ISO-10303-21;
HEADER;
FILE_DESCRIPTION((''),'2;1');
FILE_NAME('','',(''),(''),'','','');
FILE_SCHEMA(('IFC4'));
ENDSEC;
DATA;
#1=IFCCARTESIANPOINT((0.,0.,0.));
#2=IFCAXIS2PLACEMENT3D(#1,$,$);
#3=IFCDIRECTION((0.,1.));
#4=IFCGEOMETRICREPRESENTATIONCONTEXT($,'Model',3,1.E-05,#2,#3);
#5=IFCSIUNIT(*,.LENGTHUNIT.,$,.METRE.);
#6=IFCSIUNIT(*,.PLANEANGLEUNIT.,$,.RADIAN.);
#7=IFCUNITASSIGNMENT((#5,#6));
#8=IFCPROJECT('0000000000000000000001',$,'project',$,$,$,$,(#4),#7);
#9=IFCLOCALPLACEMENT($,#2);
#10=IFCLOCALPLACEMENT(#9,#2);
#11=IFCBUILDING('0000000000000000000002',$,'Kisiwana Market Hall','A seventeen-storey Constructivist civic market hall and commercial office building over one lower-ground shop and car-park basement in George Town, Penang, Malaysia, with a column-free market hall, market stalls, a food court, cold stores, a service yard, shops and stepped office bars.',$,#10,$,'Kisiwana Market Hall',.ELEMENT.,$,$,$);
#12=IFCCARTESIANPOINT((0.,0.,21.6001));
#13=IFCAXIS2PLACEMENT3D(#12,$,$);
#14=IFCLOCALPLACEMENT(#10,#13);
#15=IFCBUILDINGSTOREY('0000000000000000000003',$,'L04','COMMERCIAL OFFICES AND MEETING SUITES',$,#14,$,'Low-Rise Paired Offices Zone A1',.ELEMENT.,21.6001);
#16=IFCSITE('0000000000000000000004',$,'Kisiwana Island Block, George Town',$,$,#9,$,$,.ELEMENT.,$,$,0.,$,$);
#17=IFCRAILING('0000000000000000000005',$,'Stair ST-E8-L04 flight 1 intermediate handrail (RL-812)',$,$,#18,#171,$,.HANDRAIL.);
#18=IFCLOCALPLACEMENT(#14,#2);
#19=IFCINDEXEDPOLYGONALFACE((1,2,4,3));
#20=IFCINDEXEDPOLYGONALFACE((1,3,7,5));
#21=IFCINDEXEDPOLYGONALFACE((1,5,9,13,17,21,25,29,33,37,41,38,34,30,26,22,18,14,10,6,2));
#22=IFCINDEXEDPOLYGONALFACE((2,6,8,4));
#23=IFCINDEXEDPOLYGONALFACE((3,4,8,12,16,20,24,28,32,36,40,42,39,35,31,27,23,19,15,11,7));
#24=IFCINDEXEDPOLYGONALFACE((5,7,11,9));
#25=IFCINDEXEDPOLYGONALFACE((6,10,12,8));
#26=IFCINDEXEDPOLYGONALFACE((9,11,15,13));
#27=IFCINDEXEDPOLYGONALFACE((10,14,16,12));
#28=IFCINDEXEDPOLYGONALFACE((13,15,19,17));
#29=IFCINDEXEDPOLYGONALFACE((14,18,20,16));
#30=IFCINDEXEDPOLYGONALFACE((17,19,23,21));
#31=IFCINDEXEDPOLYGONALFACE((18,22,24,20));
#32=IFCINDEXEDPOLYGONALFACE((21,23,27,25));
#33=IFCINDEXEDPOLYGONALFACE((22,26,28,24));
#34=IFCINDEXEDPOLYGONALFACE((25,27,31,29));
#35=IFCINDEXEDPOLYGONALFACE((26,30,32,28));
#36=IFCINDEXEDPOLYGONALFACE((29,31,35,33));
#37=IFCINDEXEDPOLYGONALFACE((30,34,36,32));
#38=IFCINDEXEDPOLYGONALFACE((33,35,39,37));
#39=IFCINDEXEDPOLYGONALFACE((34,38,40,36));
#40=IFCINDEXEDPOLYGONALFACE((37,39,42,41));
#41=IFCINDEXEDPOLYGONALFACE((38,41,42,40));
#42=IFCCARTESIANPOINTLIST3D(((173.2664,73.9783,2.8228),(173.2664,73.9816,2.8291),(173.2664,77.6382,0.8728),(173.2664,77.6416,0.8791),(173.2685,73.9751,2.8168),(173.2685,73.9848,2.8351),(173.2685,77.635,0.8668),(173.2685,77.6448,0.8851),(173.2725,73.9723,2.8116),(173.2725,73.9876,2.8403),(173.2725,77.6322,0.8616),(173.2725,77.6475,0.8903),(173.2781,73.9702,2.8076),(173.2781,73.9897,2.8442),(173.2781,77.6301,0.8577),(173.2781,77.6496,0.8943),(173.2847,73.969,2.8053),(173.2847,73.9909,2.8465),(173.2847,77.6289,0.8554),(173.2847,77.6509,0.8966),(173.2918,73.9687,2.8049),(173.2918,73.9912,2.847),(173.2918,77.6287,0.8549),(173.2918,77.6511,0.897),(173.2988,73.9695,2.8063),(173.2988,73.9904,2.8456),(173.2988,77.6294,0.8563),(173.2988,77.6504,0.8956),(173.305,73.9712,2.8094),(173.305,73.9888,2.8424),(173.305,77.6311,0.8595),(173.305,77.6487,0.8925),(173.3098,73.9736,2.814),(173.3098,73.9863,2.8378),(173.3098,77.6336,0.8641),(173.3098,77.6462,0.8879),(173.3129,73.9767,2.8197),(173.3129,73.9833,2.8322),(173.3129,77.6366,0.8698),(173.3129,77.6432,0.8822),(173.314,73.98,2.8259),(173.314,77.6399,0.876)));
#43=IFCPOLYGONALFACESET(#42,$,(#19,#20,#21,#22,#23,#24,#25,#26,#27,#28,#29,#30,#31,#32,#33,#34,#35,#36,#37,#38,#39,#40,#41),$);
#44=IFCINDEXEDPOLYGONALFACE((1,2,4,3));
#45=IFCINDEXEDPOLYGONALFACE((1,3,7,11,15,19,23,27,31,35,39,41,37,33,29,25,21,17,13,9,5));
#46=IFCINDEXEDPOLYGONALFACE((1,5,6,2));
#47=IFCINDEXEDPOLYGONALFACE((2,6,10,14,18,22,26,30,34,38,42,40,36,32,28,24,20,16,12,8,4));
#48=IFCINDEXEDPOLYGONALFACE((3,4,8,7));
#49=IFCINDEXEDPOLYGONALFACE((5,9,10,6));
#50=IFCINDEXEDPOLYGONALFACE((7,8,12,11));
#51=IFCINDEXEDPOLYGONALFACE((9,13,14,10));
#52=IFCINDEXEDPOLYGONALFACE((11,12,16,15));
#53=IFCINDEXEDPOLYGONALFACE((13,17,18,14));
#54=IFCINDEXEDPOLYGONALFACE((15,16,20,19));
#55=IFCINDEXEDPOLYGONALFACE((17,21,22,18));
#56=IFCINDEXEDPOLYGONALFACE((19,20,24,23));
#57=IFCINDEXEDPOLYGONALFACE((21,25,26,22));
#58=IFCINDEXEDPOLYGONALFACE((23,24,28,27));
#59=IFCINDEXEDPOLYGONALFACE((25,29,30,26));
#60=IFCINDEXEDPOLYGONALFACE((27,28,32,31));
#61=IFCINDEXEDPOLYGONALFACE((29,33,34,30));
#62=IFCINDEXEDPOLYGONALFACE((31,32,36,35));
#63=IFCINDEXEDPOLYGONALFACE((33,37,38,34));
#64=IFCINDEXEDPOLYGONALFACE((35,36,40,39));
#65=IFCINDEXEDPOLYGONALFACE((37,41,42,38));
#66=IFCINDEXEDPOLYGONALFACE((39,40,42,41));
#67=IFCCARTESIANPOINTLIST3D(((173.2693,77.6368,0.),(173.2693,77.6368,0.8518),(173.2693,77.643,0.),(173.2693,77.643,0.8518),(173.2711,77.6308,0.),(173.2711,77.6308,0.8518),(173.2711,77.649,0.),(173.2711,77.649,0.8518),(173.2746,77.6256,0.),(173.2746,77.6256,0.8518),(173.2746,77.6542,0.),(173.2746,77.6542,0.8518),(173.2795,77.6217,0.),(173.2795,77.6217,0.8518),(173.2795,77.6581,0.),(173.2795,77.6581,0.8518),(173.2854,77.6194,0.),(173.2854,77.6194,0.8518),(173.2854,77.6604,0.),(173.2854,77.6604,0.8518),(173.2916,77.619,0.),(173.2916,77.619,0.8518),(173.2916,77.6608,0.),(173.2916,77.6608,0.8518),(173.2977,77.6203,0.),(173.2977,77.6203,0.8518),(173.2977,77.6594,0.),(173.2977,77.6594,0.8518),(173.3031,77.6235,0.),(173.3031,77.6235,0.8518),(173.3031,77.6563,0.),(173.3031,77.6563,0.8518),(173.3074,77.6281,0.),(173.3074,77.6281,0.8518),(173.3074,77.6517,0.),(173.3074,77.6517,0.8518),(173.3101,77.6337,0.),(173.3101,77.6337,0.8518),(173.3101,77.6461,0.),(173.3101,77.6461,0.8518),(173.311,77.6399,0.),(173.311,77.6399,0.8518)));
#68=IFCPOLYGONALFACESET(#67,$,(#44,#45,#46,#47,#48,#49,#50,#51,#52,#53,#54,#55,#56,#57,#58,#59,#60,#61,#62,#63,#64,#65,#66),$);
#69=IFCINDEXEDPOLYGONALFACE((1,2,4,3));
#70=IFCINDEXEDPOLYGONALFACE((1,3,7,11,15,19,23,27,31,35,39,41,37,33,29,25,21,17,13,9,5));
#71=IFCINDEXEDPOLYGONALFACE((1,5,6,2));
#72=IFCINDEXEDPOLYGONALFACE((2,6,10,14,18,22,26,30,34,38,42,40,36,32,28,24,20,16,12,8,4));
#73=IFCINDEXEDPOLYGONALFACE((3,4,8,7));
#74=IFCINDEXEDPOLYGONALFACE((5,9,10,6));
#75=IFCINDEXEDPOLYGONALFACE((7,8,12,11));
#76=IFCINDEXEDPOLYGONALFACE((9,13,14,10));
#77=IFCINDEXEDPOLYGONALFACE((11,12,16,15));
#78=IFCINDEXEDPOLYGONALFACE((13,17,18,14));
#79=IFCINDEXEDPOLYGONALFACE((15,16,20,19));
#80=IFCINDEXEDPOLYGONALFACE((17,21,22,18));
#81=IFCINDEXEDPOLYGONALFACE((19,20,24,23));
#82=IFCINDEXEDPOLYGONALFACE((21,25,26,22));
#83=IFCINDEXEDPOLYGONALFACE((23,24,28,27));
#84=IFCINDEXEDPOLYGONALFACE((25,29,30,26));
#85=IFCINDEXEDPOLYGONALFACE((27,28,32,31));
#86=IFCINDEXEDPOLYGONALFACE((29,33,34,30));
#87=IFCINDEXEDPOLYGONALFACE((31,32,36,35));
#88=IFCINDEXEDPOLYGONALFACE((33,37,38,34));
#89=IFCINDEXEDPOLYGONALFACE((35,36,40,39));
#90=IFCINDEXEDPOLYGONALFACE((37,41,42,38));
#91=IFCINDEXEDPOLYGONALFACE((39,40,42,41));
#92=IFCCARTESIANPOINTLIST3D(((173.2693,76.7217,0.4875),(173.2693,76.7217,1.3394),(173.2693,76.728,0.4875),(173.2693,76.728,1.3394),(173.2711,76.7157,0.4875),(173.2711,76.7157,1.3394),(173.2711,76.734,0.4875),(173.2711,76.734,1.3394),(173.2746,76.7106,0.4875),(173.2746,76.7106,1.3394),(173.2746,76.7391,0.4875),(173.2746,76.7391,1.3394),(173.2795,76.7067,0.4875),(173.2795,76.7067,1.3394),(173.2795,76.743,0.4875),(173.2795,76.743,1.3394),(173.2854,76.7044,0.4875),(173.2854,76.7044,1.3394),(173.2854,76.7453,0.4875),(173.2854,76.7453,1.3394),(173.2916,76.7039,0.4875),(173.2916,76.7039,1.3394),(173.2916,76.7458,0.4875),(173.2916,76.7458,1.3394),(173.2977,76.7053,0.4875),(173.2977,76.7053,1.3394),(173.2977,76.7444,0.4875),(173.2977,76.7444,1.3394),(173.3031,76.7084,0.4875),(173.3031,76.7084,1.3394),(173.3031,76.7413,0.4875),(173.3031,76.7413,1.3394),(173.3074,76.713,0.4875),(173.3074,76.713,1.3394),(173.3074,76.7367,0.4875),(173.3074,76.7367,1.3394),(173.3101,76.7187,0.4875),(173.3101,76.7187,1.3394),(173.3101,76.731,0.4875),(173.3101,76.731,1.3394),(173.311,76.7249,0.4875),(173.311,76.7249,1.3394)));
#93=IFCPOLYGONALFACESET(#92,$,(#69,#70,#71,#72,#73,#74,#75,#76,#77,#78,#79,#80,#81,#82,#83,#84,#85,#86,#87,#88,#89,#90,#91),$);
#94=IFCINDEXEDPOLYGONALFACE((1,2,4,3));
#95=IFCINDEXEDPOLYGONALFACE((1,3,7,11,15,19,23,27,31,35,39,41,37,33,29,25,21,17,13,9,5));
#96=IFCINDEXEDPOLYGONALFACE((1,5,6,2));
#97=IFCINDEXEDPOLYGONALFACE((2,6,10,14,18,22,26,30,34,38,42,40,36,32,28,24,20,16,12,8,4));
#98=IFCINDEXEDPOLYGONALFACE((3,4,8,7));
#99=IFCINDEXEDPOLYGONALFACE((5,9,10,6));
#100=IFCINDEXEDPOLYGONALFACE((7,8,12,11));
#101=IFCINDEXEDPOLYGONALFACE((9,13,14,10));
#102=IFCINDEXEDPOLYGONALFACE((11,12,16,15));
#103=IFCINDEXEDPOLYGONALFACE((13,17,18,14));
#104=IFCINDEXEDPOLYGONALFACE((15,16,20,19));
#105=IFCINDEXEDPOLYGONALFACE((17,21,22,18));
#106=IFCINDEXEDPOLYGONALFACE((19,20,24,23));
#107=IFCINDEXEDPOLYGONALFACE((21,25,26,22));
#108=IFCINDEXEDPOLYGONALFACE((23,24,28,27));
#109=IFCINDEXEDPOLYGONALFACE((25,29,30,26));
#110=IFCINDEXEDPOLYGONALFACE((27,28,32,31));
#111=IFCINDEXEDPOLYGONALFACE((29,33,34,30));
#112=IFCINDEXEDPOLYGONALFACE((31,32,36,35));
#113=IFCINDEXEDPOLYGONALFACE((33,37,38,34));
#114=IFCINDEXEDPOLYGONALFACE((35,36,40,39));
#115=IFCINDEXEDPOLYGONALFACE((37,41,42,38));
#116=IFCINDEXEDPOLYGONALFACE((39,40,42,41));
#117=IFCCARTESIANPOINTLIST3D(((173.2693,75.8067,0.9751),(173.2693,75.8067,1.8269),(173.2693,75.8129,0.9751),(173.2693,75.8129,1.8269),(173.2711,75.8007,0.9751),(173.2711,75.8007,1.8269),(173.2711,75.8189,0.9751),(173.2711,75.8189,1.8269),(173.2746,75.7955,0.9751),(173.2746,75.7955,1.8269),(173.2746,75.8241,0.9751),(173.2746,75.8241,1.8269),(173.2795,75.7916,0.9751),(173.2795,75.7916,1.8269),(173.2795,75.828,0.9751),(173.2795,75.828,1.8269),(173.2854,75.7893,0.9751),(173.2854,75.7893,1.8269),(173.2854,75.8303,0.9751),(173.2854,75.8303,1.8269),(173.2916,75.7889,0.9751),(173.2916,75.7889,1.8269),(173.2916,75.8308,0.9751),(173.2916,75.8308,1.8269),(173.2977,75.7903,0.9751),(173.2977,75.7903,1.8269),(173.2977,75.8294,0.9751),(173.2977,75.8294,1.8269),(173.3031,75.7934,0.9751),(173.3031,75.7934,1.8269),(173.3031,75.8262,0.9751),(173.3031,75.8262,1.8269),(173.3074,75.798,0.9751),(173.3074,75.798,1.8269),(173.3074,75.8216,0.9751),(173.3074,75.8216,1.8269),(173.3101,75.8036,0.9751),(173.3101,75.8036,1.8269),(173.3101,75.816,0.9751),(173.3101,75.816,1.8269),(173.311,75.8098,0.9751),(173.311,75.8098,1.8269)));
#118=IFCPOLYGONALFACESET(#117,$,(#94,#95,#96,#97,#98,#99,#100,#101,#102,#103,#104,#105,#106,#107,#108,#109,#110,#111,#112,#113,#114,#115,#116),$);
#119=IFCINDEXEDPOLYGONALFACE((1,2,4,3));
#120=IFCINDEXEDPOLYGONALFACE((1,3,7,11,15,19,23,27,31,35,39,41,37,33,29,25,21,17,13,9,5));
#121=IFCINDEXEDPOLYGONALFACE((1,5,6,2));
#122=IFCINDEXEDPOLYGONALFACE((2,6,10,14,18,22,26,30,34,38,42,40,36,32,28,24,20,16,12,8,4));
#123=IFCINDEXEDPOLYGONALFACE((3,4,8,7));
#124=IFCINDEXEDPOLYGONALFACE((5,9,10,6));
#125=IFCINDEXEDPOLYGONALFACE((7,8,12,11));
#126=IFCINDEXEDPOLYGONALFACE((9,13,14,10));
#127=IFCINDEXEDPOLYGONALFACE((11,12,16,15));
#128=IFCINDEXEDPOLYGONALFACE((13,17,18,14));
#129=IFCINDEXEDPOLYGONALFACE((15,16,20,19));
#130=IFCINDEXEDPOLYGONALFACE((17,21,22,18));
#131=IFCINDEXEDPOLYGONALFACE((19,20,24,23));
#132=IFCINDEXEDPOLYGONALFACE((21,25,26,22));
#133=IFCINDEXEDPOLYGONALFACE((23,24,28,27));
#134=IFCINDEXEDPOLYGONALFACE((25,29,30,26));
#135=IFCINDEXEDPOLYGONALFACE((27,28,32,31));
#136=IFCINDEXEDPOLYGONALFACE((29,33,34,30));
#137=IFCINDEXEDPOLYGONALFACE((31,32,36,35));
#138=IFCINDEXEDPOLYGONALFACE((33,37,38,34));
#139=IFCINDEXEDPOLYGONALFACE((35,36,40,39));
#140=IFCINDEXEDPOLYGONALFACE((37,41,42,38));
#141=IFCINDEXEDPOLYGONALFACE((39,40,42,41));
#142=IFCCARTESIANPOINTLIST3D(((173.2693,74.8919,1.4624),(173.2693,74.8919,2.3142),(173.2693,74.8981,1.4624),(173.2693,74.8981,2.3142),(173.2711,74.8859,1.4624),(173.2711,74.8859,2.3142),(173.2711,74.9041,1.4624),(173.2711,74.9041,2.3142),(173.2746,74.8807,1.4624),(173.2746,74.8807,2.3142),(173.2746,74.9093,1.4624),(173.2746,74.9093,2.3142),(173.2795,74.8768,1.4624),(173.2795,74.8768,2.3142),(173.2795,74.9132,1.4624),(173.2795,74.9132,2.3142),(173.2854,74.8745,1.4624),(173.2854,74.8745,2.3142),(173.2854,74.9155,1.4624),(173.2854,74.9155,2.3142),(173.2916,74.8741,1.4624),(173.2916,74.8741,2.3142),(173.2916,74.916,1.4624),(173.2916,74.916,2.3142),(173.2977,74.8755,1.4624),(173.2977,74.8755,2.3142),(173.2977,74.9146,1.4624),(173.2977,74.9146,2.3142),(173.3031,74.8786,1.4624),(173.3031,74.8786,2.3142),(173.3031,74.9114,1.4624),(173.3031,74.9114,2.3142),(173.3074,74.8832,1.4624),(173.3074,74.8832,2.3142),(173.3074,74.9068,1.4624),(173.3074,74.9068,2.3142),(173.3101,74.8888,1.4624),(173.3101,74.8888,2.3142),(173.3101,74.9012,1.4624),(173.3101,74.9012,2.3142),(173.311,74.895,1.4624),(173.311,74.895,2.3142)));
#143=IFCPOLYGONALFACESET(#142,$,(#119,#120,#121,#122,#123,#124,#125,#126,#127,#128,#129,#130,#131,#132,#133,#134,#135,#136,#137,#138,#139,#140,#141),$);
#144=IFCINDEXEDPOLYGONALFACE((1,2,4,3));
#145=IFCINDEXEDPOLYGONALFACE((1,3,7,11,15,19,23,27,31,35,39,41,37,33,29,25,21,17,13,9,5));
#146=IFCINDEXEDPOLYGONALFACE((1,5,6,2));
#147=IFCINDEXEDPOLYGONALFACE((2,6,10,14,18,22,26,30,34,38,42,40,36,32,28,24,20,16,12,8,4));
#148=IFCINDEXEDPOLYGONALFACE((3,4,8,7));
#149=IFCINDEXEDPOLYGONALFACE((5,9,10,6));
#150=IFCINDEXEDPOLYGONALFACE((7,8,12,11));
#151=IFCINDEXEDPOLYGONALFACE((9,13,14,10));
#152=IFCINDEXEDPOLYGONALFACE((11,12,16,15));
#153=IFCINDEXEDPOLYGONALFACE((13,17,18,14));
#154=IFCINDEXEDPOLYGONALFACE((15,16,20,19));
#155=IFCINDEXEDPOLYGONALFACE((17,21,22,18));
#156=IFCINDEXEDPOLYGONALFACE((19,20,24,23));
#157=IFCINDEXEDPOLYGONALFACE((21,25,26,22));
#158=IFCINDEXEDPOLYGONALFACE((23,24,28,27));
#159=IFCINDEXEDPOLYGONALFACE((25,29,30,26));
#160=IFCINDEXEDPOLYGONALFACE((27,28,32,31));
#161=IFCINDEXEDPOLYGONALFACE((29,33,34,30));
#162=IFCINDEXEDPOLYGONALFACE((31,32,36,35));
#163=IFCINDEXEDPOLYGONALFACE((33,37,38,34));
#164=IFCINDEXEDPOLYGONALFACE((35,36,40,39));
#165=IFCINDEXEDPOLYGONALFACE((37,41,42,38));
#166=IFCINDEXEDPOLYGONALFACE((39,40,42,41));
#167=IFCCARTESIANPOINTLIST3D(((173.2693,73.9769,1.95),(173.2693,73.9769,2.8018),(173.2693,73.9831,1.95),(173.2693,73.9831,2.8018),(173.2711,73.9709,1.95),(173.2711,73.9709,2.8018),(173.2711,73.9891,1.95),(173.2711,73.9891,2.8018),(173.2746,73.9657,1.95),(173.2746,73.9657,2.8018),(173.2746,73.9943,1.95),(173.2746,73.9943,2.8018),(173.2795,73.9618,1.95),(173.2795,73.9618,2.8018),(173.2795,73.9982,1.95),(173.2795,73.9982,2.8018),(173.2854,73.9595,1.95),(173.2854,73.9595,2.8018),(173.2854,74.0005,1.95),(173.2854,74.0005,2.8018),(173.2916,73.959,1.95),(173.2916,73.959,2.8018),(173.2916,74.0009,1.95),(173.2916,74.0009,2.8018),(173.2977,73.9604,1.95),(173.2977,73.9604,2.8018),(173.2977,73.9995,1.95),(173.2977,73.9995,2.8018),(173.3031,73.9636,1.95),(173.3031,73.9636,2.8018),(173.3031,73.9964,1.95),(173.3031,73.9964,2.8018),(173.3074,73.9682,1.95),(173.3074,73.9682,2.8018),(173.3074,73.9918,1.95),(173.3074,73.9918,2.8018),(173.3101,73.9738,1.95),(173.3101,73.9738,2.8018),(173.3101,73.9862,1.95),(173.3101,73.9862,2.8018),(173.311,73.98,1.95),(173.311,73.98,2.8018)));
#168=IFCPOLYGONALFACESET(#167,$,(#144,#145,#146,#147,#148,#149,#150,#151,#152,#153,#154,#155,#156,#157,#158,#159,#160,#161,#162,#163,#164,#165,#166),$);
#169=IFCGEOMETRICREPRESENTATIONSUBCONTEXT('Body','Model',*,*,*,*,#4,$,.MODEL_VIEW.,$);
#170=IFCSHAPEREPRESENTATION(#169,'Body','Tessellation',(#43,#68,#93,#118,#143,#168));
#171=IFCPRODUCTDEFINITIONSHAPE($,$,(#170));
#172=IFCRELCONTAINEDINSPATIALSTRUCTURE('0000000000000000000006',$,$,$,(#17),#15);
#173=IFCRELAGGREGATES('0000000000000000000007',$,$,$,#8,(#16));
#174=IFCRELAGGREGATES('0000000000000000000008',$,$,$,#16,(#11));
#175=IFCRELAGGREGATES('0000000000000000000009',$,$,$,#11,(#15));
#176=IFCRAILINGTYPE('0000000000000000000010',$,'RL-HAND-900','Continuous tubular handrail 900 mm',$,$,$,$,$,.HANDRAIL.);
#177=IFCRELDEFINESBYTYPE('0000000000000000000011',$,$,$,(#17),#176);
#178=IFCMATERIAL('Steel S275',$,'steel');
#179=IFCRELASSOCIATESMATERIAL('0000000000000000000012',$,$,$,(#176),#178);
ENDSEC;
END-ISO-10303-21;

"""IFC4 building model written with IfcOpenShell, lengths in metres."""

from ifc_helpers import new_model, si_unit, direction, frame, origin, origin_2d, place, context, subcontext, project, spatial, circle, extrude, material, type_object, element, save


model = new_model("IFC4")

# Units and contexts
model_context = context("Model", 3, precision=1e-05, world=origin(), true_north=direction((0.0, 1.0)))
body_context = subcontext(model_context, "Body", "Model", "MODEL_VIEW")
ifc_project = project(units=[si_unit("LENGTHUNIT", "METRE"), si_unit("PLANEANGLEUNIT", "RADIAN")], contexts=[model_context])

# Site, building, storey
site_placement = place(None, origin())
site = spatial("IfcSite", under=ifc_project, at=site_placement, Name="Kisiwana Island Block, George Town", CompositionType="ELEMENT", RefElevation=0.0)
building_placement = place(site_placement, origin())
building = spatial("IfcBuilding", under=site, at=building_placement, Name="Kisiwana Market Hall", Description="A seventeen-storey Constructivist civic market hall and commercial office building over one lower-ground shop and car-park basement in George Town, Penang, Malaysia, with a column-free market hall, market stalls, a food court, cold stores, a service yard, shops and stepped office bars.", LongName="Kisiwana Market Hall", CompositionType="ELEMENT")
storey_placement = place(building_placement, frame((0.0, 0.0, 21.6001)))
storey = spatial("IfcBuildingStorey", under=building, at=storey_placement, Name="L04", Description="COMMERCIAL OFFICES AND MEETING SUITES", LongName="Low-Rise Paired Offices Zone A1", CompositionType="ELEMENT", Elevation=21.6001)

# Railing
ifc_material_1 = material(Name="Steel S275", Category="steel")
railing_type_1 = type_object("IfcRailingType", Name="RL-HAND-900", Description="Continuous tubular handrail 900 mm", PredefinedType="HANDRAIL", material=ifc_material_1)
railing_1_placement = place(storey_placement, frame((173.29, 77.6399, 0.0)))
element("IfcRailing", 1, at=railing_1_placement, inside=storey, type_object=railing_type_1, Name="Stair ST-E8-L04 flight 1 intermediate handrail (RL-812)", PredefinedType="HANDRAIL", context=body_context, shape_type="SweptSolid", body=[
    extrude(circle(Radius=0.0239, at=origin_2d()), frame((0.0, 0.0, 0.876), z_axis=(0.0, -0.882553, 0.470212), x_axis=(1.0, 0.0, 0.0)), (0.0, 0.0, 1.0), 4.147),
    extrude(circle(Radius=0.021, at=origin_2d()), origin(), (0.0, 0.0, 1.0), 0.8518),
    extrude(circle(Radius=0.021, at=origin_2d()), frame((0.0, -0.915, 0.4875)), (0.0, 0.0, 1.0), 0.8518),
    extrude(circle(Radius=0.021, at=origin_2d()), frame((0.0, -1.8301, 0.9751)), (0.0, 0.0, 1.0), 0.8518),
    extrude(circle(Radius=0.021, at=origin_2d()), frame((0.0, -2.7449, 1.4624)), (0.0, 0.0, 1.0), 0.8518),
    extrude(circle(Radius=0.021, at=origin_2d()), frame((0.0, -3.6599, 1.95)), (0.0, 0.0, 1.0), 0.8518),
])

save(model, "model.ifc")
